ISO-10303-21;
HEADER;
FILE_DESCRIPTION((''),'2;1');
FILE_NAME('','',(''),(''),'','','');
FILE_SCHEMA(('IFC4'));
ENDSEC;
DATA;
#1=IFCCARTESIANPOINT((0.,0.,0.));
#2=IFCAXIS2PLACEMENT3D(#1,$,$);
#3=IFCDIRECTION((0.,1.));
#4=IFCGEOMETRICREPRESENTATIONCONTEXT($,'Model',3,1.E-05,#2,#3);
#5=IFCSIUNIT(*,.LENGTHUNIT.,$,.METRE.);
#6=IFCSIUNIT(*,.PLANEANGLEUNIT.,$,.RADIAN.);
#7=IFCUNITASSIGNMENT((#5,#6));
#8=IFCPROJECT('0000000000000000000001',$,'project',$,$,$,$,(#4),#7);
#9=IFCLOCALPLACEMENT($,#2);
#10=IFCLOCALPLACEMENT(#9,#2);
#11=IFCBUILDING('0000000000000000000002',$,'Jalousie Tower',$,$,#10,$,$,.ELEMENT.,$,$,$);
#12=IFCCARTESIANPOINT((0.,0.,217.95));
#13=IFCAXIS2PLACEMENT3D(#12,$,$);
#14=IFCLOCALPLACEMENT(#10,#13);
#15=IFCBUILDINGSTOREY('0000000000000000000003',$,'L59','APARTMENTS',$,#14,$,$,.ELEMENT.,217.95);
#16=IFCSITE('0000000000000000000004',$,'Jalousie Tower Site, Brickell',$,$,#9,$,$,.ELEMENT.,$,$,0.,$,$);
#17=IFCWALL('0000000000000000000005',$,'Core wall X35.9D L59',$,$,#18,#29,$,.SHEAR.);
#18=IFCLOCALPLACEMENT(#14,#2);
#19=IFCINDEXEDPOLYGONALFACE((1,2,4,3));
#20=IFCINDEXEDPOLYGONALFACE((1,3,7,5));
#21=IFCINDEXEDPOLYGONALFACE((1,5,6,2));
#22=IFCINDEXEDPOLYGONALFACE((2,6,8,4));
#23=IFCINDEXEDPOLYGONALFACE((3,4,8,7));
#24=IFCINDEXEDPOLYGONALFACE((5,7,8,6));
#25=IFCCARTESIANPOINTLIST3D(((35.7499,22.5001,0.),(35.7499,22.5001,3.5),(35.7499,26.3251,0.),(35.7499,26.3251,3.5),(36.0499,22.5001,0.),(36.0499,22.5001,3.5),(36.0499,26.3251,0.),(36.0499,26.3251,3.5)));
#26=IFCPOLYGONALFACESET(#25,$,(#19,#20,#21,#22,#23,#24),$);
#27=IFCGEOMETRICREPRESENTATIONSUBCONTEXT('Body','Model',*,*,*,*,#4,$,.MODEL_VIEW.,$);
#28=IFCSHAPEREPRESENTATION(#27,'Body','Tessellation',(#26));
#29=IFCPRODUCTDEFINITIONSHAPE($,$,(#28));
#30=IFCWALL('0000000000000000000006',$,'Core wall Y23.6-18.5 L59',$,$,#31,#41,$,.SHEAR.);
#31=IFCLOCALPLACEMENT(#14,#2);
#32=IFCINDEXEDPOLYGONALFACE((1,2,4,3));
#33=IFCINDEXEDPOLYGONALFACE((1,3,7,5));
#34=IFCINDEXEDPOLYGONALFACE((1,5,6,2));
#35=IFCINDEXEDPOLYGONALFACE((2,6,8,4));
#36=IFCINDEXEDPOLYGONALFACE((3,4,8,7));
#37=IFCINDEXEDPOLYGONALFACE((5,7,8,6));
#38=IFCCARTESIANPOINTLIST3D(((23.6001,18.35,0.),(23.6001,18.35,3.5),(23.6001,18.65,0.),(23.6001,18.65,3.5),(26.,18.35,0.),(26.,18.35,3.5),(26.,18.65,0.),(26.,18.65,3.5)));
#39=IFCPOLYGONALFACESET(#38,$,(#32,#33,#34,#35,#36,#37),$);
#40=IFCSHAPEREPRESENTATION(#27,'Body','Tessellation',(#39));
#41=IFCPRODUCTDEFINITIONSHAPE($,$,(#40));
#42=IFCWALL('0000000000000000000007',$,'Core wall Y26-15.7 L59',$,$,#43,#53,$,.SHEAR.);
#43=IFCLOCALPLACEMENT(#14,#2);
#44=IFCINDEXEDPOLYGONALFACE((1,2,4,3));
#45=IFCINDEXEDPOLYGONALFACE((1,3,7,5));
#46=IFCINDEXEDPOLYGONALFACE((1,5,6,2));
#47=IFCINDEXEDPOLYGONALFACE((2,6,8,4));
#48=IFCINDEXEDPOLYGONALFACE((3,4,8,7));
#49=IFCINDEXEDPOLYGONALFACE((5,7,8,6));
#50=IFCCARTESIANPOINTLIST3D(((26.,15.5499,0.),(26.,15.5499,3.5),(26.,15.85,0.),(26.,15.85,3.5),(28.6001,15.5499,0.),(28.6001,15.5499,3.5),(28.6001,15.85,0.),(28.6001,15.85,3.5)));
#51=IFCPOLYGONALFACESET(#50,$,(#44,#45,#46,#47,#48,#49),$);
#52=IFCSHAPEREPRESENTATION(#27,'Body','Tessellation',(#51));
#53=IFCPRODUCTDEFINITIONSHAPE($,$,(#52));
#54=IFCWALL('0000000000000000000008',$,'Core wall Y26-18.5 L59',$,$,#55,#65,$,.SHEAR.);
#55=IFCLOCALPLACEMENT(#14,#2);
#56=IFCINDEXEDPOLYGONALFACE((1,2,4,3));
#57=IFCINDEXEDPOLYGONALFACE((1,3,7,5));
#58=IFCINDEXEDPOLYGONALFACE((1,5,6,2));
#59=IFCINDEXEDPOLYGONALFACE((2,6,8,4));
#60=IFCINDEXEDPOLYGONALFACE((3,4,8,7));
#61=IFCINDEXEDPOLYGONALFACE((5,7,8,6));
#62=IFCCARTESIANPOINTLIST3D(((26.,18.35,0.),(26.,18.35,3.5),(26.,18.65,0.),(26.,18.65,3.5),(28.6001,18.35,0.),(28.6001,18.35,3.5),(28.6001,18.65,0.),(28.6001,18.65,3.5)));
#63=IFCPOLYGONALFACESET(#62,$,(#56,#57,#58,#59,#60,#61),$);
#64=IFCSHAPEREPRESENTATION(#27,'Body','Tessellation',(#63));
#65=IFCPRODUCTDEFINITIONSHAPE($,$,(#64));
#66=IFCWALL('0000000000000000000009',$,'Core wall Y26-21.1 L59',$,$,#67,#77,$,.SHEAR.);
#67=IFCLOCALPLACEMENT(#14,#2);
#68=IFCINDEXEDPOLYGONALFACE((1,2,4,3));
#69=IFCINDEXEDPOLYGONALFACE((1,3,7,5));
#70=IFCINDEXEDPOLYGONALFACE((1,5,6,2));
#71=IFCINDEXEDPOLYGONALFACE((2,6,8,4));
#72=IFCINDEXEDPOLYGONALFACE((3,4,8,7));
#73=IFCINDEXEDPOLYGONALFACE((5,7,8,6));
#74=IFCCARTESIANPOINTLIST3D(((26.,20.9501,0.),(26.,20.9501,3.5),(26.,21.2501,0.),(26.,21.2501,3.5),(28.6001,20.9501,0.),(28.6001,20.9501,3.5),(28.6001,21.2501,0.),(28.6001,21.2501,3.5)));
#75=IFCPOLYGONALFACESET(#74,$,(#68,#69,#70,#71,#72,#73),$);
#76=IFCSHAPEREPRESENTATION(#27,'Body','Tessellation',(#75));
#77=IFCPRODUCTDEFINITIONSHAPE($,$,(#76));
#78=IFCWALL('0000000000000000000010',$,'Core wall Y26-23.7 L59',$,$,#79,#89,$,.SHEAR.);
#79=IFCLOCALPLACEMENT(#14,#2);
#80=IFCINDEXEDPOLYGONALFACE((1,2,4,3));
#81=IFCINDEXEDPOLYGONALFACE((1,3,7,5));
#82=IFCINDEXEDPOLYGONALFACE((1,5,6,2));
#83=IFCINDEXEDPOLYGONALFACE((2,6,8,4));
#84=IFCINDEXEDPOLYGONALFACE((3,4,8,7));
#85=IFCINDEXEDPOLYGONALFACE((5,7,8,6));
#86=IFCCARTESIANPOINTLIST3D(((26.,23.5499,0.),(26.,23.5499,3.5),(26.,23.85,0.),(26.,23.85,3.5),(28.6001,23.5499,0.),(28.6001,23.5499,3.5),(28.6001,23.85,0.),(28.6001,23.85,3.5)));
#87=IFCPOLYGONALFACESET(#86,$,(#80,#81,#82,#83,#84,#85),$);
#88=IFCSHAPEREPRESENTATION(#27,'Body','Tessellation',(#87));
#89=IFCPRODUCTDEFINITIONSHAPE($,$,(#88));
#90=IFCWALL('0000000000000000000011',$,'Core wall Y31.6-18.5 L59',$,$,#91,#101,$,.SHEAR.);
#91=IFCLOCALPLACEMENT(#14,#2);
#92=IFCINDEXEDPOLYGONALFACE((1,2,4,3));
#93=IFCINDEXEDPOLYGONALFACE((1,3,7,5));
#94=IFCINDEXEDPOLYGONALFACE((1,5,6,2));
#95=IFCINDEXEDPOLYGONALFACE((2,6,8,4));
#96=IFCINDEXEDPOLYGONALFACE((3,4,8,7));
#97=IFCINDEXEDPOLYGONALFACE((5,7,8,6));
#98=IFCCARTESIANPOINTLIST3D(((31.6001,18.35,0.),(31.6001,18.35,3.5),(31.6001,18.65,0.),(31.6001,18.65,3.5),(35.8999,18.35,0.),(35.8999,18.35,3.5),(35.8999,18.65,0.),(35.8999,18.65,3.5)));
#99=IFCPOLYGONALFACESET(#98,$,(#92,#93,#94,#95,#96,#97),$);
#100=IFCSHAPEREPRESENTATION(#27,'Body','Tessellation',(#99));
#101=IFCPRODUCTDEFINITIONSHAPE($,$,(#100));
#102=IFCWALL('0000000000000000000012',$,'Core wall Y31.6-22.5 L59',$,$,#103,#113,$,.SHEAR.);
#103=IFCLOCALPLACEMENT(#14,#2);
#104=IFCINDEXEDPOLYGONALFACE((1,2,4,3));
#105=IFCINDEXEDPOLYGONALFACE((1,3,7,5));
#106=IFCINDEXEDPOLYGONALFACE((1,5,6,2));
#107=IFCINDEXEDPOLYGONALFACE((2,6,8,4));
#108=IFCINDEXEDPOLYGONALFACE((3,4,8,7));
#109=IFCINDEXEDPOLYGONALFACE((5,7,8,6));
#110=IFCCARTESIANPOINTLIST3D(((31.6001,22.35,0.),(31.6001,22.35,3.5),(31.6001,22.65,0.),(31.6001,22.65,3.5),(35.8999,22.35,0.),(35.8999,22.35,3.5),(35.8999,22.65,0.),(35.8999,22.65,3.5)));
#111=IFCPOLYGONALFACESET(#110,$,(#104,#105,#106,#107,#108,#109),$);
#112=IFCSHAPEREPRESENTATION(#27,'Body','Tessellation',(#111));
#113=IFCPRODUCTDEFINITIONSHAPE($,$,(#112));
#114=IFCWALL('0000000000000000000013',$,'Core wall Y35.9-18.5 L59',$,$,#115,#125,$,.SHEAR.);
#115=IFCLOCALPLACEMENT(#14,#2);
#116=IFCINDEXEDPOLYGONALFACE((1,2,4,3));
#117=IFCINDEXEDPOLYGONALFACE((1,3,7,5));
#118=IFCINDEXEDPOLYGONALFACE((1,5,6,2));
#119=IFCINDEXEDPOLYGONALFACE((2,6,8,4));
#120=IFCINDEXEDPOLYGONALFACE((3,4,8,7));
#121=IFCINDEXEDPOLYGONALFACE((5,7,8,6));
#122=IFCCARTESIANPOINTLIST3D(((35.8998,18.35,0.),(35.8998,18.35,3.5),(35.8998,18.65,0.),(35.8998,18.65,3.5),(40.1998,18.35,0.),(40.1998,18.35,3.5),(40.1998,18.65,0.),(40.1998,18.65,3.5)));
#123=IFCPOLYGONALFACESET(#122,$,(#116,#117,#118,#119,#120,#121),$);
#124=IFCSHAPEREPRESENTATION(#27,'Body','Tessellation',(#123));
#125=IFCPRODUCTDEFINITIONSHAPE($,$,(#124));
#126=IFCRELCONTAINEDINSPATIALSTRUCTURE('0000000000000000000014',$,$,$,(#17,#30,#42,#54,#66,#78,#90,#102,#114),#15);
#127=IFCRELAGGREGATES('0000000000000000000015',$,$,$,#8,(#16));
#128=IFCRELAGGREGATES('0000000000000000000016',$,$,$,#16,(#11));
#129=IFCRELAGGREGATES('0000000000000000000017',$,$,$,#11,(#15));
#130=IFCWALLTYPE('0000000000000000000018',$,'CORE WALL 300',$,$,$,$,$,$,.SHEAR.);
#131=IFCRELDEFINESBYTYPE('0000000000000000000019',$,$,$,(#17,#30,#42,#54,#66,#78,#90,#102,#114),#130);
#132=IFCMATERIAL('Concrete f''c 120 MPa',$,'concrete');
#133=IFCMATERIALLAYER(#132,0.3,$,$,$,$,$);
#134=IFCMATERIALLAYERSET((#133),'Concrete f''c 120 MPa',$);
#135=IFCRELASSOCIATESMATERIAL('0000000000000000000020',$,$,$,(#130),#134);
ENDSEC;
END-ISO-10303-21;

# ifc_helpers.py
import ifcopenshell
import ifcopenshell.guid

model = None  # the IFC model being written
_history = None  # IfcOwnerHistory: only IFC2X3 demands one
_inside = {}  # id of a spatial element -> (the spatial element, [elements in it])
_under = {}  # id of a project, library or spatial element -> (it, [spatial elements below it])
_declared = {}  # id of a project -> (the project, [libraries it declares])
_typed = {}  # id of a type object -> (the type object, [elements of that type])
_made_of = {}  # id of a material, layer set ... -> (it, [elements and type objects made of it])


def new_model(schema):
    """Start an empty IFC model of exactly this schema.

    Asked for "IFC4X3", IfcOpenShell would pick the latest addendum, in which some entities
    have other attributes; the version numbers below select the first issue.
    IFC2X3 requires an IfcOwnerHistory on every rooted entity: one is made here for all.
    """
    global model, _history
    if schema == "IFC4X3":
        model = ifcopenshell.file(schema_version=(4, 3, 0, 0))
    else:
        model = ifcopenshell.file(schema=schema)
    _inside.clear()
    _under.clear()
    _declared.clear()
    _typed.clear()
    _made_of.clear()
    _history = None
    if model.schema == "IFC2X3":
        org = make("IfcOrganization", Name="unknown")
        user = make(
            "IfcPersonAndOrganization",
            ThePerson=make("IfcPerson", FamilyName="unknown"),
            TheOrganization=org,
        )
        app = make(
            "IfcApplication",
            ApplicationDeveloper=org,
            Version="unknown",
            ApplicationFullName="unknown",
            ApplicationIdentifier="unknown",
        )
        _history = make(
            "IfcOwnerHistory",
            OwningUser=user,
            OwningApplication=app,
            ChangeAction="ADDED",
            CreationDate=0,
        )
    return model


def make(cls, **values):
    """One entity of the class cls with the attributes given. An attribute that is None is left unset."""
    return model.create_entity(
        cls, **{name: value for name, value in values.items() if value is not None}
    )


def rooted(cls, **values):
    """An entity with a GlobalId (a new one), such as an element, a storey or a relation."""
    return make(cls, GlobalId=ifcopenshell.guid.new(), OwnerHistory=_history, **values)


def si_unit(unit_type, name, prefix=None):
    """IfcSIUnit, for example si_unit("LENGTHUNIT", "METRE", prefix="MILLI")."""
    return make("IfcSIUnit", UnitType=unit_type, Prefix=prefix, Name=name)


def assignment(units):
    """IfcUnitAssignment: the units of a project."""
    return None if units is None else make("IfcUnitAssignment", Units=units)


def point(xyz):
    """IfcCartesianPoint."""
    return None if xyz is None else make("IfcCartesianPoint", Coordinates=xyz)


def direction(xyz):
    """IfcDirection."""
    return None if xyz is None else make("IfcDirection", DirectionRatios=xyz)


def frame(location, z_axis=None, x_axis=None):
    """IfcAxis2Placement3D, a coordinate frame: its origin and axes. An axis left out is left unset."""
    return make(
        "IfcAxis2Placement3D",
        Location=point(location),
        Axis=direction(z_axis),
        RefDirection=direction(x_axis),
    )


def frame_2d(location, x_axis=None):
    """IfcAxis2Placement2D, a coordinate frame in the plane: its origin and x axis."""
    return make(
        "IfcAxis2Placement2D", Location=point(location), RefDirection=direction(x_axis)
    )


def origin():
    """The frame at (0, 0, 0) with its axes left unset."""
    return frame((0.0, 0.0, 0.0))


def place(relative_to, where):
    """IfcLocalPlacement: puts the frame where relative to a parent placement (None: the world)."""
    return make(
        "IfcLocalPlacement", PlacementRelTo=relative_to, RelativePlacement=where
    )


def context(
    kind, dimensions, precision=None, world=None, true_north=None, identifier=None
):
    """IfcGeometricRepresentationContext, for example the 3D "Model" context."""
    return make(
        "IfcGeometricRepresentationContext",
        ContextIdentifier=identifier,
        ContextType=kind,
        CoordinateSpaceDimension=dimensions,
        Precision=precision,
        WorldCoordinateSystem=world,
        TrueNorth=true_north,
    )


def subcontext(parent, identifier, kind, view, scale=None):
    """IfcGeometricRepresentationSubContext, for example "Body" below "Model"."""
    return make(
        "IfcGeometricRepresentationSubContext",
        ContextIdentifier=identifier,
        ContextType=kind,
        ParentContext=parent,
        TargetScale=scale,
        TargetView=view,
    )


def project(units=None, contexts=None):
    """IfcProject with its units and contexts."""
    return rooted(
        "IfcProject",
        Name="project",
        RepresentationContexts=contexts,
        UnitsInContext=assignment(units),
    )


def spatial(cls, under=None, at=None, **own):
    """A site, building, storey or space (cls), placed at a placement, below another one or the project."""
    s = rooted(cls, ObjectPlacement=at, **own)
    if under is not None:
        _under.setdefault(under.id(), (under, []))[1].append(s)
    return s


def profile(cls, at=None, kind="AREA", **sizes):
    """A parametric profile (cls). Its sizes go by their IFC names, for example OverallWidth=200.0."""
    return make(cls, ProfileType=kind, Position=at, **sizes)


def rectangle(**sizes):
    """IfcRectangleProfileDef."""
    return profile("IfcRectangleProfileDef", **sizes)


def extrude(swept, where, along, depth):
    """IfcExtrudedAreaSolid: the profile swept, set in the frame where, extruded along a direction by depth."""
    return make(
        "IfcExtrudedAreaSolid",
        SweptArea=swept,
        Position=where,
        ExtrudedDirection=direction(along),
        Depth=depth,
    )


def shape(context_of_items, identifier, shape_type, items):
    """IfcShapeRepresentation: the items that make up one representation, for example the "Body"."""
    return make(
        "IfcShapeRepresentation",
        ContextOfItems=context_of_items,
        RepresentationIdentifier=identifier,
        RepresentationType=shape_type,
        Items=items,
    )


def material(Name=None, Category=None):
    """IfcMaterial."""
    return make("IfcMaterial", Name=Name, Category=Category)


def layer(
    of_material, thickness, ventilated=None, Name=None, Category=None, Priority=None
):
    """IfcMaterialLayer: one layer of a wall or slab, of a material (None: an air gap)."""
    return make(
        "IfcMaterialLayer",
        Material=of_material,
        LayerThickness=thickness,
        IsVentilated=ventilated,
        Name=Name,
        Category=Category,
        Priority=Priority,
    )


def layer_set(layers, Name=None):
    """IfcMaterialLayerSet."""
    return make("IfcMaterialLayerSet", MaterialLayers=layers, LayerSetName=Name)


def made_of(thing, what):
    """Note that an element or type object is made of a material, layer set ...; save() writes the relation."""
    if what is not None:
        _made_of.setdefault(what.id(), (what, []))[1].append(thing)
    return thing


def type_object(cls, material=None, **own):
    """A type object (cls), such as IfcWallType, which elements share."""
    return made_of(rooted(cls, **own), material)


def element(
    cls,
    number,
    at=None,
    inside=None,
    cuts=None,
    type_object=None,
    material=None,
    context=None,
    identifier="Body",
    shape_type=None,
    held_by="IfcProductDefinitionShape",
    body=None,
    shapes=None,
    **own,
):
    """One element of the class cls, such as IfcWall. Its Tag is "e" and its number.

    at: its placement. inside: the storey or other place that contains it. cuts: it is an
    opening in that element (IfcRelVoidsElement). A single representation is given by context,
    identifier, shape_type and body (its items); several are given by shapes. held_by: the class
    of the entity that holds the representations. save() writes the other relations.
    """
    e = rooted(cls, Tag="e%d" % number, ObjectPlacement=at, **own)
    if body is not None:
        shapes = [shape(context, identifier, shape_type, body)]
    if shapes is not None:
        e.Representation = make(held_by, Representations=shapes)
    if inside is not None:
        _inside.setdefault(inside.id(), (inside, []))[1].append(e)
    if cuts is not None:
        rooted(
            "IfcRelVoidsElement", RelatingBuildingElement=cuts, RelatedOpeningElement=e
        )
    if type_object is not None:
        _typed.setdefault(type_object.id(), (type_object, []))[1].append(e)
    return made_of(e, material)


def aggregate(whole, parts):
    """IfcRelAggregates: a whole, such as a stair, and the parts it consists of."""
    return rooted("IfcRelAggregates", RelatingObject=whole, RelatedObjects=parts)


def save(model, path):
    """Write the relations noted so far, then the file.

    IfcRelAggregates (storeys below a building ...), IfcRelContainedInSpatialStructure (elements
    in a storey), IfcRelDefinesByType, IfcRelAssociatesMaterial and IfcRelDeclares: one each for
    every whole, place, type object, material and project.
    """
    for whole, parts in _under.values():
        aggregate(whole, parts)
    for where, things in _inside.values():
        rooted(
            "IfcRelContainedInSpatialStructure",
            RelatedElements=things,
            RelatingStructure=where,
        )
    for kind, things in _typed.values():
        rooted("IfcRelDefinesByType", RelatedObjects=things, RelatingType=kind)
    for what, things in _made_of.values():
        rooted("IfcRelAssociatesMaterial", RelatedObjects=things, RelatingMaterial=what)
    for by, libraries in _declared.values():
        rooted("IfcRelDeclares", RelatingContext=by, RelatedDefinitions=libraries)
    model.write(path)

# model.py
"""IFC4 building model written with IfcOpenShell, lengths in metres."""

from ifc_helpers import new_model, si_unit, direction, frame, frame_2d, origin, place, context, subcontext, project, spatial, rectangle, extrude, material, layer, layer_set, type_object, element, save


model = new_model("IFC4")

# Units and contexts
model_context = context("Model", 3, precision=1e-05, world=origin(), true_north=direction((0.0, 1.0)))
body_context = subcontext(model_context, "Body", "Model", "MODEL_VIEW")
ifc_project = project(units=[si_unit("LENGTHUNIT", "METRE"), si_unit("PLANEANGLEUNIT", "RADIAN")], contexts=[model_context])

# Site, building, storey
site_placement = place(None, origin())
site = spatial("IfcSite", under=ifc_project, at=site_placement, Name="Jalousie Tower Site, Brickell", CompositionType="ELEMENT", RefElevation=0.0)
building_placement = place(site_placement, origin())
building = spatial("IfcBuilding", under=site, at=building_placement, Name="Jalousie Tower", CompositionType="ELEMENT")
storey_placement = place(building_placement, frame((0.0, 0.0, 217.95)))
storey = spatial("IfcBuildingStorey", under=building, at=storey_placement, Name="L59", Description="APARTMENTS", CompositionType="ELEMENT", Elevation=217.95)

# Shared definitions
ifc_material_1 = material(Name="Concrete f'c 120 MPa", Category="concrete")
ifc_layer_1 = layer(ifc_material_1, 0.3)
ifc_layer_set_1 = layer_set([ifc_layer_1], Name="Concrete f'c 120 MPa")
wall_type_1 = type_object("IfcWallType", Name="CORE WALL 300", PredefinedType="SHEAR", material=ifc_layer_set_1)

# Walls
wall_1_placement = place(storey_placement, frame((35.8999, 22.5, 0.0), z_axis=(0.0, 0.0, 1.0), x_axis=(0.0, 1.0, 0.0)))
element("IfcWall", 1, at=wall_1_placement, inside=storey, type_object=wall_type_1, Name="Core wall X35.9D L59", PredefinedType="SHEAR", context=body_context, shape_type="SweptSolid", body=[
    extrude(rectangle(XDim=3.825, YDim=0.3, at=frame_2d((1.9126, 0.0))), origin(), (0.0, 0.0, 1.0), 3.5),
])
wall_2_placement = place(storey_placement, frame((23.6001, 18.5, 0.0), z_axis=(0.0, 0.0, 1.0), x_axis=(1.0, 0.0, 0.0)))
element("IfcWall", 2, at=wall_2_placement, inside=storey, type_object=wall_type_1, Name="Core wall Y23.6-18.5 L59", PredefinedType="SHEAR", context=body_context, shape_type="SweptSolid", body=[
    extrude(rectangle(XDim=2.3999, YDim=0.3, at=frame_2d((1.2, 0.0))), origin(), (0.0, 0.0, 1.0), 3.5),
])
for number, where, z_axis, x_axis, name in (
    (3, (26.0, 15.7, 0.0), (0.0, 0.0, 1.0), (1.0, 0.0, 0.0), "Core wall Y26-15.7 L59"),
    (4, (26.0, 18.5, 0.0), (0.0, 0.0, 1.0), (1.0, 0.0, 0.0), "Core wall Y26-18.5 L59"),
    (5, (26.0, 21.1001, 0.0), (0.0, 0.0, 1.0), (1.0, 0.0, 0.0), "Core wall Y26-21.1 L59"),
    (6, (26.0, 23.7, 0.0), (0.0, 0.0, 1.0), (1.0, 0.0, 0.0), "Core wall Y26-23.7 L59"),
):
    element("IfcWall", number, at=place(storey_placement, frame(where, z_axis=z_axis, x_axis=x_axis)), inside=storey, type_object=wall_type_1, Name=name, PredefinedType="SHEAR", context=body_context, shape_type="SweptSolid", body=[
        extrude(rectangle(XDim=2.6001, YDim=0.3, at=frame_2d((1.3, 0.0))), origin(), (0.0, 0.0, 1.0), 3.5),
    ])
for number, where, z_axis, x_axis, name in (
    (7, (31.6001, 18.5, 0.0), (0.0, 0.0, 1.0), (1.0, 0.0, 0.0), "Core wall Y31.6-18.5 L59"),
    (8, (31.6001, 22.5, 0.0), (0.0, 0.0, 1.0), (1.0, 0.0, 0.0), "Core wall Y31.6-22.5 L59"),
):
    element("IfcWall", number, at=place(storey_placement, frame(where, z_axis=z_axis, x_axis=x_axis)), inside=storey, type_object=wall_type_1, Name=name, PredefinedType="SHEAR", context=body_context, shape_type="SweptSolid", body=[
        extrude(rectangle(XDim=4.2998, YDim=0.3, at=frame_2d((2.1499, 0.0))), origin(), (0.0, 0.0, 1.0), 3.5),
    ])
wall_3_placement = place(storey_placement, frame((35.8999, 18.5, 0.0), z_axis=(0.0, 0.0, 1.0), x_axis=(1.0, 0.0, 0.0)))
element("IfcWall", 9, at=wall_3_placement, inside=storey, type_object=wall_type_1, Name="Core wall Y35.9-18.5 L59", PredefinedType="SHEAR", context=body_context, shape_type="SweptSolid", body=[
    extrude(rectangle(XDim=4.3, YDim=0.3, at=frame_2d((2.1499, 0.0))), origin(), (0.0, 0.0, 1.0), 3.5),
])

save(model, "model.ifc")
